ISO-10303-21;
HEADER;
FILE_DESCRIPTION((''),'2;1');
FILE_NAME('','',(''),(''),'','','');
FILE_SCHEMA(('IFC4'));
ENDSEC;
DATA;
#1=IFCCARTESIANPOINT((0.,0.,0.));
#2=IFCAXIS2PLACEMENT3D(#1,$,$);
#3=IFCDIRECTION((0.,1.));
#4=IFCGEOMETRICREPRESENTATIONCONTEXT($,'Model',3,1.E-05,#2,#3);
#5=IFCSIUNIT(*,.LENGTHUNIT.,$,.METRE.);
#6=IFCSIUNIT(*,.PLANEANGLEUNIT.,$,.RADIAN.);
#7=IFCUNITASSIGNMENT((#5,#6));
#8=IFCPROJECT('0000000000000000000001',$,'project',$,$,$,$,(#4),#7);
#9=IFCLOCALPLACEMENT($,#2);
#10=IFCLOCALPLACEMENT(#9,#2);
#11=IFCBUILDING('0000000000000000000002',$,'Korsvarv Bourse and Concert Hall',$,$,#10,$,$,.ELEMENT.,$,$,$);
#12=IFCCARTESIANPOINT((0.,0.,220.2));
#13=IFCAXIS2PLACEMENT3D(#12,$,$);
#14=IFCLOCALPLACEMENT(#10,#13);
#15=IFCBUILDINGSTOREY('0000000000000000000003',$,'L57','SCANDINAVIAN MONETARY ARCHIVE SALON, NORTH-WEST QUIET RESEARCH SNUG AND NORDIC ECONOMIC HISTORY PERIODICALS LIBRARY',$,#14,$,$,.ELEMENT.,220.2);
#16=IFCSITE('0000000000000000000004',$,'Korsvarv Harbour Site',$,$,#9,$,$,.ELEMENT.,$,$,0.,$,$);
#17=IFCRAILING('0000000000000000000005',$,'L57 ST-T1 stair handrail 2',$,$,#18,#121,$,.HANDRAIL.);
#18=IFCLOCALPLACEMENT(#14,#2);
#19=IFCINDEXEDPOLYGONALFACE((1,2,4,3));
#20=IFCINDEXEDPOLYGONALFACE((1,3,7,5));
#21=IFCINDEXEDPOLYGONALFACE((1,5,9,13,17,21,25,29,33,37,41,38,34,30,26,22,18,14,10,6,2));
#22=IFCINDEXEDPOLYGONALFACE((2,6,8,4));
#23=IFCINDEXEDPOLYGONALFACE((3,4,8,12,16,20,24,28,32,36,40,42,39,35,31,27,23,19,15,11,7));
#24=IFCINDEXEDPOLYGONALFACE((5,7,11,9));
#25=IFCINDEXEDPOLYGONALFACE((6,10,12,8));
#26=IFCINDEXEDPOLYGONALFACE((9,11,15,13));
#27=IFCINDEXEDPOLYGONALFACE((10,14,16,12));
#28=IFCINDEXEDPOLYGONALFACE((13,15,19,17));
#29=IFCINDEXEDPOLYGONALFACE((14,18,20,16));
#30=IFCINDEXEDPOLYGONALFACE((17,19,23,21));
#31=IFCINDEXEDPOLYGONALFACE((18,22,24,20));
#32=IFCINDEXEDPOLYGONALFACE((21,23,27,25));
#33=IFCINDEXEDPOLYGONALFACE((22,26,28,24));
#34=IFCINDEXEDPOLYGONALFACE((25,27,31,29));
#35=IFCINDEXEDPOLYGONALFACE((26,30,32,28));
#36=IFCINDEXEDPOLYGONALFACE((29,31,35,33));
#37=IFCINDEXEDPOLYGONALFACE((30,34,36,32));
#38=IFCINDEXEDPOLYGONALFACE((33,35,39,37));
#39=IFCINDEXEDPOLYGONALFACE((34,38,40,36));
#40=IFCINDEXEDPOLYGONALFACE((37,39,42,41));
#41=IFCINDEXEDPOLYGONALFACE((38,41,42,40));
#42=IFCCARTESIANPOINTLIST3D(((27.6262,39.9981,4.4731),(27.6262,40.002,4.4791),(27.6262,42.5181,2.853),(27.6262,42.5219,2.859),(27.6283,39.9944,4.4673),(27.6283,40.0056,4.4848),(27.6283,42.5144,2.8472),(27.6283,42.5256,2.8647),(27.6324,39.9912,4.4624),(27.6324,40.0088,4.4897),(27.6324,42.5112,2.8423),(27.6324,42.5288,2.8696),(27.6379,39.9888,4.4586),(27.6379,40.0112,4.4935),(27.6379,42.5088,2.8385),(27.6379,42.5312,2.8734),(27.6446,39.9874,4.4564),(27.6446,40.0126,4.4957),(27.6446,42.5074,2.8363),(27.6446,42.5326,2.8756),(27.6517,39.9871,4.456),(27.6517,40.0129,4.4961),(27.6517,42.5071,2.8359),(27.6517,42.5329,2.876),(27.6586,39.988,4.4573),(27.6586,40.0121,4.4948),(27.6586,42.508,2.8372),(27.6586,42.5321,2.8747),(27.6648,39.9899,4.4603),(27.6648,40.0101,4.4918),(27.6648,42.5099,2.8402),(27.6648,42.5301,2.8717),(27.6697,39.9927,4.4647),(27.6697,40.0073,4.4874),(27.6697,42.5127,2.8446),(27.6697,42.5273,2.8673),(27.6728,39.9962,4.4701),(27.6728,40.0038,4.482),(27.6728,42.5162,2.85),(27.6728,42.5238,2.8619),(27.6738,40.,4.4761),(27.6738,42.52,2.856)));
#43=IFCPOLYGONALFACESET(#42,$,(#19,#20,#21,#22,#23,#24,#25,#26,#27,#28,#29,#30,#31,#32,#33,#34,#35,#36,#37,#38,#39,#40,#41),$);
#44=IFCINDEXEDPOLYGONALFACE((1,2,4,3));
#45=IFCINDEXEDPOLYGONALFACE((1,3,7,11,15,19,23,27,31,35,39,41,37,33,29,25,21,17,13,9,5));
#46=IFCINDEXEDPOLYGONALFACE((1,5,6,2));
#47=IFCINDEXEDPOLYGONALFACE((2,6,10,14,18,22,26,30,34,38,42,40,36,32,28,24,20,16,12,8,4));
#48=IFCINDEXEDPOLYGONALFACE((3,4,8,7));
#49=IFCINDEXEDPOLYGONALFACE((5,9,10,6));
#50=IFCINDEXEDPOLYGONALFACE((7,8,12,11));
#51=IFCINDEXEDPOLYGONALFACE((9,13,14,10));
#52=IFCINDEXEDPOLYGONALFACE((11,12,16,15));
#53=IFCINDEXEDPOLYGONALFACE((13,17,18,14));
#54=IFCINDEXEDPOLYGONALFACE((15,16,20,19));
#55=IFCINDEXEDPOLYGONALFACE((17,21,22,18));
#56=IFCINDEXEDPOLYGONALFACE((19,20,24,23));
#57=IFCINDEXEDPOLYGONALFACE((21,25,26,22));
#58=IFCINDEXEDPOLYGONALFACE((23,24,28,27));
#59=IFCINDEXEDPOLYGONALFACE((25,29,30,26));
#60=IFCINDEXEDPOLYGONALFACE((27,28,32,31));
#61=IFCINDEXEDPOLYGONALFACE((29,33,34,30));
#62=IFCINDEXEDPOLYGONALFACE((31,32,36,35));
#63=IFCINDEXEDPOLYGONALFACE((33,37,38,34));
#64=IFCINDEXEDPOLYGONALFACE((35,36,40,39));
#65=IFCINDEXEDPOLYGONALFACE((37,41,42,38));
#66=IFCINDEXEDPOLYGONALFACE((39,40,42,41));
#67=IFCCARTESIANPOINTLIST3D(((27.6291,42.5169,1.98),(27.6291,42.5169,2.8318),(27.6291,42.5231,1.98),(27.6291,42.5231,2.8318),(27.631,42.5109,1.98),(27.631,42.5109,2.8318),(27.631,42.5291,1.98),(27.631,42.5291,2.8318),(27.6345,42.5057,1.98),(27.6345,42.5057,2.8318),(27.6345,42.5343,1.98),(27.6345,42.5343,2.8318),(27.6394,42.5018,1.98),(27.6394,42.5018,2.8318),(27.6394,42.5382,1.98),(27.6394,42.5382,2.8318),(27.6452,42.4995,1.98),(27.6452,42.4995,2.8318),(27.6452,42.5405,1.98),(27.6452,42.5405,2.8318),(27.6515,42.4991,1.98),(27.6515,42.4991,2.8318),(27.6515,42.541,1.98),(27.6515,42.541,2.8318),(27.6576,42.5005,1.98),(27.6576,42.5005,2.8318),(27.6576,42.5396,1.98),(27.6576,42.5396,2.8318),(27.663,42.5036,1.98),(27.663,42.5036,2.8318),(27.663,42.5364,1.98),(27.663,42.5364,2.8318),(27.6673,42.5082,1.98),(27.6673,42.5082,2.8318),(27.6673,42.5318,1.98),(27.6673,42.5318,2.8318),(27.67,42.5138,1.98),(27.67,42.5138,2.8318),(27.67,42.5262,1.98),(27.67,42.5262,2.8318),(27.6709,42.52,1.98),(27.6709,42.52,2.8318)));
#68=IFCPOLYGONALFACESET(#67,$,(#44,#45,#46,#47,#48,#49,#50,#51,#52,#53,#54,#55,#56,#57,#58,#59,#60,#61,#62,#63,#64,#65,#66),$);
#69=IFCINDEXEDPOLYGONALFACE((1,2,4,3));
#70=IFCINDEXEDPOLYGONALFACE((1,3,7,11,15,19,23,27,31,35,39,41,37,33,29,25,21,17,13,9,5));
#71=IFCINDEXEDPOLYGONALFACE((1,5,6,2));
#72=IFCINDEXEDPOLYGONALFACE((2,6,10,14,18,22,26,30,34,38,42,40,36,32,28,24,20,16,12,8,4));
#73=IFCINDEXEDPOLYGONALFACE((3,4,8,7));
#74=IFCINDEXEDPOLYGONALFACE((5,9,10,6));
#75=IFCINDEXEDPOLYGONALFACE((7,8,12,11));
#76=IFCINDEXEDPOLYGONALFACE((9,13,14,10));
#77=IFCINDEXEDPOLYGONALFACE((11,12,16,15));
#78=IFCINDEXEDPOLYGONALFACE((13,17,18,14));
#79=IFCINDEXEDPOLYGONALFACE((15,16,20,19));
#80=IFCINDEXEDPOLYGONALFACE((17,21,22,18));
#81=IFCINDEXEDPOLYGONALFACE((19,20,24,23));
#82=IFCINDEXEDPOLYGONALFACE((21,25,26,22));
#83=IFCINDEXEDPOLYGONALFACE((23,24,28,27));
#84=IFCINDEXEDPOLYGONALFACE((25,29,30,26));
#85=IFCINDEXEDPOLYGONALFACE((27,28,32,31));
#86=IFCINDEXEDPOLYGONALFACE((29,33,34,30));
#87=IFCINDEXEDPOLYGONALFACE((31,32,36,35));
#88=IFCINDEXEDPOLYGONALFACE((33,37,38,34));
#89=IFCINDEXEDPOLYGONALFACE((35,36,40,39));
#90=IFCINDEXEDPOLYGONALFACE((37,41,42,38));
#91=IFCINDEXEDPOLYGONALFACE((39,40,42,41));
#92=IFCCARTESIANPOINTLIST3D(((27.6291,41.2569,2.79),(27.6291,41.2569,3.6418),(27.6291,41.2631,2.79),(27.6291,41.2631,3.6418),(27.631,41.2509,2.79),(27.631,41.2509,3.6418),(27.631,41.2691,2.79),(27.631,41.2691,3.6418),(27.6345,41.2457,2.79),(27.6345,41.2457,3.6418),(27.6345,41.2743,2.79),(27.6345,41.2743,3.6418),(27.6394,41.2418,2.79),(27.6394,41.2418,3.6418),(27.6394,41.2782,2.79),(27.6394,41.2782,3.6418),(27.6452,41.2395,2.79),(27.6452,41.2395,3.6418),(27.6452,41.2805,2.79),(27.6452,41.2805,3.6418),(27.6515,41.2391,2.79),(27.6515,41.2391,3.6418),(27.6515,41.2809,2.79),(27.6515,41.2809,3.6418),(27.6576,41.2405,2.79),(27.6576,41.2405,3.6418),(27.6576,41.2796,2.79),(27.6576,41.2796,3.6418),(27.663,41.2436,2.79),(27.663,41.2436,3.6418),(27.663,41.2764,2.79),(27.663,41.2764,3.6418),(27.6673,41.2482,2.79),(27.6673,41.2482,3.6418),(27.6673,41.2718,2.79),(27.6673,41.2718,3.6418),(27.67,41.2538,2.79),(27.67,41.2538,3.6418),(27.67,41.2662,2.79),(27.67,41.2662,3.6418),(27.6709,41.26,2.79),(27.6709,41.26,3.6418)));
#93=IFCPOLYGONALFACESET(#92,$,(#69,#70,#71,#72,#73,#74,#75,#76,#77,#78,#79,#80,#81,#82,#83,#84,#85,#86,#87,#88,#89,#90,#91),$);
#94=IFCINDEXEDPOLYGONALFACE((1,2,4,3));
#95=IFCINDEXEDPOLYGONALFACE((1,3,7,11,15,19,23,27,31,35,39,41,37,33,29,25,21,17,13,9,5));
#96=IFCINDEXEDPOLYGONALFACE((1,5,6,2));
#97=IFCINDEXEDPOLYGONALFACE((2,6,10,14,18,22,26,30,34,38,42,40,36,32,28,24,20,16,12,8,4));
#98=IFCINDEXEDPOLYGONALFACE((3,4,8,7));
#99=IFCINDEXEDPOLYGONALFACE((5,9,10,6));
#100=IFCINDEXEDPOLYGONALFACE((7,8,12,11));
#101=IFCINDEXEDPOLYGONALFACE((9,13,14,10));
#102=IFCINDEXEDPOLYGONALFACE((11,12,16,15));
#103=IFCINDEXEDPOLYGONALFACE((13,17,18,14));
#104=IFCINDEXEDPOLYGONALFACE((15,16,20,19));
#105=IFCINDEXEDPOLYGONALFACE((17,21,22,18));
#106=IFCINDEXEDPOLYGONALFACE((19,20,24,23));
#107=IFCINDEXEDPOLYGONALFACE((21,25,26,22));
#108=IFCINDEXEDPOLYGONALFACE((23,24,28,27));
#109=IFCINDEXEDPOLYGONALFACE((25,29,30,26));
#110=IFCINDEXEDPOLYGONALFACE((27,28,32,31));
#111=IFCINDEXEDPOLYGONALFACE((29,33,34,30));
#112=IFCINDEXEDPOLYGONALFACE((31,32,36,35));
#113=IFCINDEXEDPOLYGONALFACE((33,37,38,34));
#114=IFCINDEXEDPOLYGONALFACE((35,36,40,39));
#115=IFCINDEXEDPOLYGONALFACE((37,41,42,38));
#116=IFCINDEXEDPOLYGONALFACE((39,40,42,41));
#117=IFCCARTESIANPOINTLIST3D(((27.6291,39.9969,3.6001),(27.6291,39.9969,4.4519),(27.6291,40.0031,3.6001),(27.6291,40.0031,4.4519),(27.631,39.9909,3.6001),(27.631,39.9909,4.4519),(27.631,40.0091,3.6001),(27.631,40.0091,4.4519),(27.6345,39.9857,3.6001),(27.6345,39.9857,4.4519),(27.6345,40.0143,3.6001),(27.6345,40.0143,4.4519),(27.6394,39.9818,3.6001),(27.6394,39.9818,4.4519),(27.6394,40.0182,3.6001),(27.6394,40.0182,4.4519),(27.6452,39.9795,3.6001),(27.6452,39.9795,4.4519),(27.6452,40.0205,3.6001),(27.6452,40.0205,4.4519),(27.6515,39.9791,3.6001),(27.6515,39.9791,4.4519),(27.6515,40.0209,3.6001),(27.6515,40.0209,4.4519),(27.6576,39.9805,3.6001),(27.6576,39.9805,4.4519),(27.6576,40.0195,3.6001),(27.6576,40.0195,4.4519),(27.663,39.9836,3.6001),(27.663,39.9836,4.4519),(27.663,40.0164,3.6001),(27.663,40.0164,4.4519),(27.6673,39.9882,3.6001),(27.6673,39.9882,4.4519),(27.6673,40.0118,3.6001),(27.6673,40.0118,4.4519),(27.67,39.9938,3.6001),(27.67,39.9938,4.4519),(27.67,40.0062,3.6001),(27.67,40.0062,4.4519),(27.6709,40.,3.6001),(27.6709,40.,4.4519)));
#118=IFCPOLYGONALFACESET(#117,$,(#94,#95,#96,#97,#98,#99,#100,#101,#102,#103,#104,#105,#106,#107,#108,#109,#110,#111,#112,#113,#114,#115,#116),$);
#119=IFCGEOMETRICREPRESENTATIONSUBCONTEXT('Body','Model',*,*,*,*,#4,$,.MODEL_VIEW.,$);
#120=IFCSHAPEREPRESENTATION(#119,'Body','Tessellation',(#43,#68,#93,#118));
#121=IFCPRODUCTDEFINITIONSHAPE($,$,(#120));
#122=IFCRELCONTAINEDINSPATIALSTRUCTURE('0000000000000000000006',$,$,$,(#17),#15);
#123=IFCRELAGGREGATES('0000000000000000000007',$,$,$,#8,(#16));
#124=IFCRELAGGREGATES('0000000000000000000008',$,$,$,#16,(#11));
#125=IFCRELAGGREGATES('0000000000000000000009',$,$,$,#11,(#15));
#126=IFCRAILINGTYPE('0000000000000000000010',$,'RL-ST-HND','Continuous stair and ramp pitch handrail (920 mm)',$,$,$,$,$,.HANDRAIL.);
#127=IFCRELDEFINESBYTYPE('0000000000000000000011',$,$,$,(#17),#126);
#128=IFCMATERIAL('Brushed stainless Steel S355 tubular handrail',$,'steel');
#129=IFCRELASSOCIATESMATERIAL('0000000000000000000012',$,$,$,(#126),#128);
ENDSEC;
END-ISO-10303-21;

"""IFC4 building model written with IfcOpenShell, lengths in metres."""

from ifc_helpers import new_model, si_unit, direction, frame, origin, origin_2d, place, context, subcontext, project, spatial, circle, extrude, material, type_object, element, save


model = new_model("IFC4")

# Units and contexts
model_context = context("Model", 3, precision=1e-05, world=origin(), true_north=direction((0.0, 1.0)))
body_context = subcontext(model_context, "Body", "Model", "MODEL_VIEW")
ifc_project = project(units=[si_unit("LENGTHUNIT", "METRE"), si_unit("PLANEANGLEUNIT", "RADIAN")], contexts=[model_context])

# Site, building, storey
site_placement = place(None, origin())
site = spatial("IfcSite", under=ifc_project, at=site_placement, Name="Korsvarv Harbour Site", CompositionType="ELEMENT", RefElevation=0.0)
building_placement = place(site_placement, origin())
building = spatial("IfcBuilding", under=site, at=building_placement, Name="Korsvarv Bourse and Concert Hall", CompositionType="ELEMENT")
storey_placement = place(building_placement, frame((0.0, 0.0, 220.2)))
storey = spatial("IfcBuildingStorey", under=building, at=storey_placement, Name="L57", Description="SCANDINAVIAN MONETARY ARCHIVE SALON, NORTH-WEST QUIET RESEARCH SNUG AND NORDIC ECONOMIC HISTORY PERIODICALS LIBRARY", CompositionType="ELEMENT", Elevation=220.2)

# Railing
ifc_material_1 = material(Name="Brushed stainless Steel S355 tubular handrail", Category="steel")
railing_type_1 = type_object("IfcRailingType", Name="RL-ST-HND", Description="Continuous stair and ramp pitch handrail (920 mm)", PredefinedType="HANDRAIL", material=ifc_material_1)
railing_1_placement = place(storey_placement, frame((27.6499, 42.52, 1.98)))
element("IfcRailing", 1, at=railing_1_placement, inside=storey, type_object=railing_type_1, Name="L57 ST-T1 stair handrail 2", PredefinedType="HANDRAIL", context=body_context, shape_type="SweptSolid", body=[
    extrude(circle(Radius=0.0239, at=origin_2d()), frame((0.0, 0.0, 0.876), z_axis=(0.0, -0.841163, 0.540782), x_axis=(1.0, 0.0, 0.0)), (0.0, 0.0, 1.0), 2.9958),
    extrude(circle(Radius=0.021, at=origin_2d()), origin(), (0.0, 0.0, 1.0), 0.8518),
    extrude(circle(Radius=0.021, at=origin_2d()), frame((0.0, -1.26, 0.8101)), (0.0, 0.0, 1.0), 0.8518),
    extrude(circle(Radius=0.021, at=origin_2d()), frame((0.0, -2.52, 1.6201)), (0.0, 0.0, 1.0), 0.8518),
])

save(model, "model.ifc")
